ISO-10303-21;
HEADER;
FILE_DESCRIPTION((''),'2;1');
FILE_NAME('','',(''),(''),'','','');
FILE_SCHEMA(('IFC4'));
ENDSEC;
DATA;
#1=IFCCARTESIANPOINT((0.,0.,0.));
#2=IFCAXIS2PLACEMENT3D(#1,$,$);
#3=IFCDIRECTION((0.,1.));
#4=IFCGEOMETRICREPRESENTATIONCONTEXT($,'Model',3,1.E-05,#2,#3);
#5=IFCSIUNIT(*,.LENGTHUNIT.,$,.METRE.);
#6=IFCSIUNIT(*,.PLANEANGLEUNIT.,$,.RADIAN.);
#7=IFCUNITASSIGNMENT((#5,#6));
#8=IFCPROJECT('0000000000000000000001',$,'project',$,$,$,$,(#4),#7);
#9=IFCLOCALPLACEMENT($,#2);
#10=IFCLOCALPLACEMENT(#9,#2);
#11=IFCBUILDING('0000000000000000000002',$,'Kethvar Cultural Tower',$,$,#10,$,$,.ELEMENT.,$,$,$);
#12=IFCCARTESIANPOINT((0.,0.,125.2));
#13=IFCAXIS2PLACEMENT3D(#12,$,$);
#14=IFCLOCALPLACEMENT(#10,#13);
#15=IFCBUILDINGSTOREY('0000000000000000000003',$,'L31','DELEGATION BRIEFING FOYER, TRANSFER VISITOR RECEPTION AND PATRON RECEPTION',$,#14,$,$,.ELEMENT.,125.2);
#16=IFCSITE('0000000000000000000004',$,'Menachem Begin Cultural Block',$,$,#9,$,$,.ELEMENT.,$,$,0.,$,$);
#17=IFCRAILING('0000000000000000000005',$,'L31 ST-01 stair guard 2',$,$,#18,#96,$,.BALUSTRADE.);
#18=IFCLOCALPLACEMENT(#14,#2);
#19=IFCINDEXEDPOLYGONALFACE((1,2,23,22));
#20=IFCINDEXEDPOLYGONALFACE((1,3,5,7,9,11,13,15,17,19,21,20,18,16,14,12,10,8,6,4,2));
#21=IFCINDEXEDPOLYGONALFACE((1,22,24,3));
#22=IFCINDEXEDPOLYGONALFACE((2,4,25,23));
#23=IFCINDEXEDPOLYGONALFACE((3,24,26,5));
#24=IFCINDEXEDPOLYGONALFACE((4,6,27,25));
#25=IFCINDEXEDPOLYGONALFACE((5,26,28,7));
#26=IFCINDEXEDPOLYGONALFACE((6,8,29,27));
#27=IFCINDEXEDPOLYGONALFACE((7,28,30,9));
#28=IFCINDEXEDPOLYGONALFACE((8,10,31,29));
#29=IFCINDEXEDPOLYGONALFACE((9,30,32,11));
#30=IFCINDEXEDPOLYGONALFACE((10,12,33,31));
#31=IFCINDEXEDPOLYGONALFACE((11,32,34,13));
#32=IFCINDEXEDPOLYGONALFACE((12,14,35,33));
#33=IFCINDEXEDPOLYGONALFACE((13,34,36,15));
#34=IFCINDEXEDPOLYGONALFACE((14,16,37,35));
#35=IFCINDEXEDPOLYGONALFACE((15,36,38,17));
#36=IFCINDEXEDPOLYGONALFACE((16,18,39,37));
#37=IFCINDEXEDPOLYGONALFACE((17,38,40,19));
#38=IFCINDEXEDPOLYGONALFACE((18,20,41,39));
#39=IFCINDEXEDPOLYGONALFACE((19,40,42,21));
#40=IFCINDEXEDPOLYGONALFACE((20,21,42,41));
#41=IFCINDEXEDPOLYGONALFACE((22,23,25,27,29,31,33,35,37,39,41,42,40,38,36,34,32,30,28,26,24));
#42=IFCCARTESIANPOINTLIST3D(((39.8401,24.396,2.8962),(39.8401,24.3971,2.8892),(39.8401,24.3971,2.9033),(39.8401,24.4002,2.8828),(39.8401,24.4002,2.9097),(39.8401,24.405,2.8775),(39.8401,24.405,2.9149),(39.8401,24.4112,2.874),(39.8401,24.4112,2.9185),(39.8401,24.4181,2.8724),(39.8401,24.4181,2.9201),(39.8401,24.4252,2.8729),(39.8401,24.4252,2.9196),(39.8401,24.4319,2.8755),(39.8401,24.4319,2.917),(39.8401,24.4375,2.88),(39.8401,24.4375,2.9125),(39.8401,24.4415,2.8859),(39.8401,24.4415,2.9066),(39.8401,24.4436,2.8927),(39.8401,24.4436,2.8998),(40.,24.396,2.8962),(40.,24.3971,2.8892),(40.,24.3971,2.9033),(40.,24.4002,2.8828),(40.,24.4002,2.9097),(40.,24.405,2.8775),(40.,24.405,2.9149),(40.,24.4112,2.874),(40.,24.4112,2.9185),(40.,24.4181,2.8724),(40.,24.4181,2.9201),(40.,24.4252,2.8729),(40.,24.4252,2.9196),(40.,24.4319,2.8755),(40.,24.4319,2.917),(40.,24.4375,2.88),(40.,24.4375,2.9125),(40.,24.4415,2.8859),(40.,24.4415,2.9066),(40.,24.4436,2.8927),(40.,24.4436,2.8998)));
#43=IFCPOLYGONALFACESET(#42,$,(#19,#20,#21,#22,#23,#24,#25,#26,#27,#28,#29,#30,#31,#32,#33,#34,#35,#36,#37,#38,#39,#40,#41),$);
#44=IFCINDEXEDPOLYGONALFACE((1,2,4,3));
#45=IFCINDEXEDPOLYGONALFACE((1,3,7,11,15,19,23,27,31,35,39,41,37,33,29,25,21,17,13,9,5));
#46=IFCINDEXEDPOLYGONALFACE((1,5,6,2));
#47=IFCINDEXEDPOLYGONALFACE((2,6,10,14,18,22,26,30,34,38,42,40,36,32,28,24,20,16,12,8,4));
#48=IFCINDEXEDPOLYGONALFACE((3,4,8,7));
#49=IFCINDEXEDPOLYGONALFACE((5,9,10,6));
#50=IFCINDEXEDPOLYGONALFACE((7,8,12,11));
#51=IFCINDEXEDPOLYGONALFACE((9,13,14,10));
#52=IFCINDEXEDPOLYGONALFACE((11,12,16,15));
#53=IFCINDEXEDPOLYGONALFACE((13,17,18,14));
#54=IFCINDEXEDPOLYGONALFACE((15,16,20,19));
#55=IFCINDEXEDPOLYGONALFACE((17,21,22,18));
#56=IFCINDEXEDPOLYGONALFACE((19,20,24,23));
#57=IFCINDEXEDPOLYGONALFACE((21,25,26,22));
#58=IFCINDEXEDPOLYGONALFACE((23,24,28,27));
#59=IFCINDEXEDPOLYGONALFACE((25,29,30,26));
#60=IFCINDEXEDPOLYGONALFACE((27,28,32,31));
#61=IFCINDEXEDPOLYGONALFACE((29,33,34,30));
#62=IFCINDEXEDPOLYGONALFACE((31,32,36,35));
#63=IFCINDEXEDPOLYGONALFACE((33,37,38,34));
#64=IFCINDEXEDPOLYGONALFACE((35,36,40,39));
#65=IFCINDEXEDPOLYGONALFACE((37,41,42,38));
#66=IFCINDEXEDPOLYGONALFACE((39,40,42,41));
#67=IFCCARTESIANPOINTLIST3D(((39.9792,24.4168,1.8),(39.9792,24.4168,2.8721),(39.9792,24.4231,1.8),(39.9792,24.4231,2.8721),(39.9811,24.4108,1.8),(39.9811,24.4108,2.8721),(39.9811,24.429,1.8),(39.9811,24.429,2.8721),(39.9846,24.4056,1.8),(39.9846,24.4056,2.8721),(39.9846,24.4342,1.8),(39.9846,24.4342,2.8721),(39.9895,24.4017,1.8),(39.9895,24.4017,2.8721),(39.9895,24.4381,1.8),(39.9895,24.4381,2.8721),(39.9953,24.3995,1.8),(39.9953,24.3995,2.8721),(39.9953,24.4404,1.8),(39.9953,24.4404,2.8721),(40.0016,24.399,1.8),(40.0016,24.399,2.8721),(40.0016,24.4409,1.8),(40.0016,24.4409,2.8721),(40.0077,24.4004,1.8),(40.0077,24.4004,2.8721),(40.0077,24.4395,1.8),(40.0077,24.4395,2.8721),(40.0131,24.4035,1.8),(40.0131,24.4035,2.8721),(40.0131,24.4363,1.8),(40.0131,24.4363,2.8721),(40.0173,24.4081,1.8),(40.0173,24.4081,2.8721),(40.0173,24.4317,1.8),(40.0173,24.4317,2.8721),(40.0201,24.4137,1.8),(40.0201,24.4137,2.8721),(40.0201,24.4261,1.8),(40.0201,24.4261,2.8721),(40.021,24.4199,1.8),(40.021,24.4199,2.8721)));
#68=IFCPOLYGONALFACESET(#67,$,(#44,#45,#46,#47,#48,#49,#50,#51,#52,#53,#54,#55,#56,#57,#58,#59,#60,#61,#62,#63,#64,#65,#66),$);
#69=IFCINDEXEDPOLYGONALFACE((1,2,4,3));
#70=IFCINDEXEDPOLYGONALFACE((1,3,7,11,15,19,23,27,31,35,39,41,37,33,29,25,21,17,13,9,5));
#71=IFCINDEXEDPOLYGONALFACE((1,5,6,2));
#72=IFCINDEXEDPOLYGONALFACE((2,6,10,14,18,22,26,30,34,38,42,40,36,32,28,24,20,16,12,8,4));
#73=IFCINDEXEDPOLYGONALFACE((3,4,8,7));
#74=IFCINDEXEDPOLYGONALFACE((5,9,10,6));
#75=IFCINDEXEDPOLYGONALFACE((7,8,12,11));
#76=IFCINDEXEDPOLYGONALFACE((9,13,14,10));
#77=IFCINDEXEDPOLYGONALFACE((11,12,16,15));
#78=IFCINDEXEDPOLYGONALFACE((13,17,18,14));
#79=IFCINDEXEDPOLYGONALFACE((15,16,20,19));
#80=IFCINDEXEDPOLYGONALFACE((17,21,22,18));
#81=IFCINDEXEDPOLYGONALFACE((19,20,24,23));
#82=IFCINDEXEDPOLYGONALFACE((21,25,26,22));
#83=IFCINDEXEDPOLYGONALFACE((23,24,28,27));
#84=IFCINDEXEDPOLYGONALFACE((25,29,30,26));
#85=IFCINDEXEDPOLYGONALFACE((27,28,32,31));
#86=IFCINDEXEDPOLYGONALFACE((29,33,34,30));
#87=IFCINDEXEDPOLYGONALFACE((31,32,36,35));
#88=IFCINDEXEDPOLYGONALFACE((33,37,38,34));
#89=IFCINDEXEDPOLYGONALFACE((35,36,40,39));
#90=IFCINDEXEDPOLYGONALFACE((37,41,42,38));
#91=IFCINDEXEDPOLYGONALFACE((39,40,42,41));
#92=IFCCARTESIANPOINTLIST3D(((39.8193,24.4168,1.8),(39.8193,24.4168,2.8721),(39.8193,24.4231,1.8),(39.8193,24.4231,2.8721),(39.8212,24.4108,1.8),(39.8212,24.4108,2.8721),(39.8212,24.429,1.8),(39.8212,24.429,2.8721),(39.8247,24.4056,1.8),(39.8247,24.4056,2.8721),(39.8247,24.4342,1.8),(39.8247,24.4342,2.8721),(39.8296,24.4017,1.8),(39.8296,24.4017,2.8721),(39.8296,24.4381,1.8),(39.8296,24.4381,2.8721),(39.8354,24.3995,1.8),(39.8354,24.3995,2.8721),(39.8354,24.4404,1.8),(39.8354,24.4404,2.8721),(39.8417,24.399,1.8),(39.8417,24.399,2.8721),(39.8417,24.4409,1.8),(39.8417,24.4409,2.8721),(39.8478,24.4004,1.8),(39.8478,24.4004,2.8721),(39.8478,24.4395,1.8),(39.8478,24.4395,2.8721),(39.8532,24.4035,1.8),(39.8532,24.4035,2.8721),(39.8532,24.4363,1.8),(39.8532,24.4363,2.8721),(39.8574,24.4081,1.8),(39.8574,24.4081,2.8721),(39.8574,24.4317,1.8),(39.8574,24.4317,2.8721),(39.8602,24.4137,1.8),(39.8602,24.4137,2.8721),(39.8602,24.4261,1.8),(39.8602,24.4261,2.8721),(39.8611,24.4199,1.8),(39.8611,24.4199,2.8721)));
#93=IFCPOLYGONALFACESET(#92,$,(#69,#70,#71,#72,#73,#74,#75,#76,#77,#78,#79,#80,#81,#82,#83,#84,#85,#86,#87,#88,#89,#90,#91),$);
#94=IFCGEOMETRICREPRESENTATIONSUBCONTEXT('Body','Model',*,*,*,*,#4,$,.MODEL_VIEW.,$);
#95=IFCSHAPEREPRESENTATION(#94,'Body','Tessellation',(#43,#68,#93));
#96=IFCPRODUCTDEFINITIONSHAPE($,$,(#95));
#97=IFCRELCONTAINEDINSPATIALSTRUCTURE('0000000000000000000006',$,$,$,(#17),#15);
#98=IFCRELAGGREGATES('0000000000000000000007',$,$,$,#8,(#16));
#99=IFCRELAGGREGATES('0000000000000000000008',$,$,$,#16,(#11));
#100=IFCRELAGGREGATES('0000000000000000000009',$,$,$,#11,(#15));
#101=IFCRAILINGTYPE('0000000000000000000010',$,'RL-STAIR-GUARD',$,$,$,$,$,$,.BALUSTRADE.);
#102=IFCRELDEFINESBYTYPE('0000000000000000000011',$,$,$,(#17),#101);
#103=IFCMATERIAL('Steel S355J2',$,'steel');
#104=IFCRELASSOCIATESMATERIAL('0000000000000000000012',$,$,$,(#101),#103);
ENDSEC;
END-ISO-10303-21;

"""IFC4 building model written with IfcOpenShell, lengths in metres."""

from ifc_helpers import new_model, si_unit, direction, frame, origin, origin_2d, place, context, subcontext, project, spatial, circle, extrude, material, type_object, element, save


model = new_model("IFC4")

# Units and contexts
model_context = context("Model", 3, precision=1e-05, world=origin(), true_north=direction((0.0, 1.0)))
body_context = subcontext(model_context, "Body", "Model", "MODEL_VIEW")
ifc_project = project(units=[si_unit("LENGTHUNIT", "METRE"), si_unit("PLANEANGLEUNIT", "RADIAN")], contexts=[model_context])

# Site, building, storey
site_placement = place(None, origin())
site = spatial("IfcSite", under=ifc_project, at=site_placement, Name="Menachem Begin Cultural Block", CompositionType="ELEMENT", RefElevation=0.0)
building_placement = place(site_placement, origin())
building = spatial("IfcBuilding", under=site, at=building_placement, Name="Kethvar Cultural Tower", CompositionType="ELEMENT")
storey_placement = place(building_placement, frame((0.0, 0.0, 125.2)))
storey = spatial("IfcBuildingStorey", under=building, at=storey_placement, Name="L31", Description="DELEGATION BRIEFING FOYER, TRANSFER VISITOR RECEPTION AND PATRON RECEPTION", CompositionType="ELEMENT", Elevation=125.2)

# Shared definitions
ifc_material_1 = material(Name="Steel S355J2", Category="steel")

# Railing
railing_type_1 = type_object("IfcRailingType", Name="RL-STAIR-GUARD", PredefinedType="BALUSTRADE", material=ifc_material_1)
railing_1_placement = place(storey_placement, frame((40.0, 24.4199, 1.8)))
element("IfcRailing", 1, at=railing_1_placement, inside=storey, type_object=railing_type_1, Name="L31 ST-01 stair guard 2", PredefinedType="BALUSTRADE", context=body_context, shape_type="SweptSolid", body=[
    extrude(circle(Radius=0.0239, at=origin_2d()), frame((0.0, 0.0, 1.0962), z_axis=(-1.0, 0.0, 0.0), x_axis=(0.0, -1.0, 0.0)), (0.0, 0.0, 1.0), 0.1599),
    extrude(circle(Radius=0.021, at=origin_2d()), origin(), (0.0, 0.0, 1.0), 1.072),
    extrude(circle(Radius=0.021, at=origin_2d()), frame((-0.1599, 0.0, 0.0)), (0.0, 0.0, 1.0), 1.072),
])

save(model, "model.ifc")
